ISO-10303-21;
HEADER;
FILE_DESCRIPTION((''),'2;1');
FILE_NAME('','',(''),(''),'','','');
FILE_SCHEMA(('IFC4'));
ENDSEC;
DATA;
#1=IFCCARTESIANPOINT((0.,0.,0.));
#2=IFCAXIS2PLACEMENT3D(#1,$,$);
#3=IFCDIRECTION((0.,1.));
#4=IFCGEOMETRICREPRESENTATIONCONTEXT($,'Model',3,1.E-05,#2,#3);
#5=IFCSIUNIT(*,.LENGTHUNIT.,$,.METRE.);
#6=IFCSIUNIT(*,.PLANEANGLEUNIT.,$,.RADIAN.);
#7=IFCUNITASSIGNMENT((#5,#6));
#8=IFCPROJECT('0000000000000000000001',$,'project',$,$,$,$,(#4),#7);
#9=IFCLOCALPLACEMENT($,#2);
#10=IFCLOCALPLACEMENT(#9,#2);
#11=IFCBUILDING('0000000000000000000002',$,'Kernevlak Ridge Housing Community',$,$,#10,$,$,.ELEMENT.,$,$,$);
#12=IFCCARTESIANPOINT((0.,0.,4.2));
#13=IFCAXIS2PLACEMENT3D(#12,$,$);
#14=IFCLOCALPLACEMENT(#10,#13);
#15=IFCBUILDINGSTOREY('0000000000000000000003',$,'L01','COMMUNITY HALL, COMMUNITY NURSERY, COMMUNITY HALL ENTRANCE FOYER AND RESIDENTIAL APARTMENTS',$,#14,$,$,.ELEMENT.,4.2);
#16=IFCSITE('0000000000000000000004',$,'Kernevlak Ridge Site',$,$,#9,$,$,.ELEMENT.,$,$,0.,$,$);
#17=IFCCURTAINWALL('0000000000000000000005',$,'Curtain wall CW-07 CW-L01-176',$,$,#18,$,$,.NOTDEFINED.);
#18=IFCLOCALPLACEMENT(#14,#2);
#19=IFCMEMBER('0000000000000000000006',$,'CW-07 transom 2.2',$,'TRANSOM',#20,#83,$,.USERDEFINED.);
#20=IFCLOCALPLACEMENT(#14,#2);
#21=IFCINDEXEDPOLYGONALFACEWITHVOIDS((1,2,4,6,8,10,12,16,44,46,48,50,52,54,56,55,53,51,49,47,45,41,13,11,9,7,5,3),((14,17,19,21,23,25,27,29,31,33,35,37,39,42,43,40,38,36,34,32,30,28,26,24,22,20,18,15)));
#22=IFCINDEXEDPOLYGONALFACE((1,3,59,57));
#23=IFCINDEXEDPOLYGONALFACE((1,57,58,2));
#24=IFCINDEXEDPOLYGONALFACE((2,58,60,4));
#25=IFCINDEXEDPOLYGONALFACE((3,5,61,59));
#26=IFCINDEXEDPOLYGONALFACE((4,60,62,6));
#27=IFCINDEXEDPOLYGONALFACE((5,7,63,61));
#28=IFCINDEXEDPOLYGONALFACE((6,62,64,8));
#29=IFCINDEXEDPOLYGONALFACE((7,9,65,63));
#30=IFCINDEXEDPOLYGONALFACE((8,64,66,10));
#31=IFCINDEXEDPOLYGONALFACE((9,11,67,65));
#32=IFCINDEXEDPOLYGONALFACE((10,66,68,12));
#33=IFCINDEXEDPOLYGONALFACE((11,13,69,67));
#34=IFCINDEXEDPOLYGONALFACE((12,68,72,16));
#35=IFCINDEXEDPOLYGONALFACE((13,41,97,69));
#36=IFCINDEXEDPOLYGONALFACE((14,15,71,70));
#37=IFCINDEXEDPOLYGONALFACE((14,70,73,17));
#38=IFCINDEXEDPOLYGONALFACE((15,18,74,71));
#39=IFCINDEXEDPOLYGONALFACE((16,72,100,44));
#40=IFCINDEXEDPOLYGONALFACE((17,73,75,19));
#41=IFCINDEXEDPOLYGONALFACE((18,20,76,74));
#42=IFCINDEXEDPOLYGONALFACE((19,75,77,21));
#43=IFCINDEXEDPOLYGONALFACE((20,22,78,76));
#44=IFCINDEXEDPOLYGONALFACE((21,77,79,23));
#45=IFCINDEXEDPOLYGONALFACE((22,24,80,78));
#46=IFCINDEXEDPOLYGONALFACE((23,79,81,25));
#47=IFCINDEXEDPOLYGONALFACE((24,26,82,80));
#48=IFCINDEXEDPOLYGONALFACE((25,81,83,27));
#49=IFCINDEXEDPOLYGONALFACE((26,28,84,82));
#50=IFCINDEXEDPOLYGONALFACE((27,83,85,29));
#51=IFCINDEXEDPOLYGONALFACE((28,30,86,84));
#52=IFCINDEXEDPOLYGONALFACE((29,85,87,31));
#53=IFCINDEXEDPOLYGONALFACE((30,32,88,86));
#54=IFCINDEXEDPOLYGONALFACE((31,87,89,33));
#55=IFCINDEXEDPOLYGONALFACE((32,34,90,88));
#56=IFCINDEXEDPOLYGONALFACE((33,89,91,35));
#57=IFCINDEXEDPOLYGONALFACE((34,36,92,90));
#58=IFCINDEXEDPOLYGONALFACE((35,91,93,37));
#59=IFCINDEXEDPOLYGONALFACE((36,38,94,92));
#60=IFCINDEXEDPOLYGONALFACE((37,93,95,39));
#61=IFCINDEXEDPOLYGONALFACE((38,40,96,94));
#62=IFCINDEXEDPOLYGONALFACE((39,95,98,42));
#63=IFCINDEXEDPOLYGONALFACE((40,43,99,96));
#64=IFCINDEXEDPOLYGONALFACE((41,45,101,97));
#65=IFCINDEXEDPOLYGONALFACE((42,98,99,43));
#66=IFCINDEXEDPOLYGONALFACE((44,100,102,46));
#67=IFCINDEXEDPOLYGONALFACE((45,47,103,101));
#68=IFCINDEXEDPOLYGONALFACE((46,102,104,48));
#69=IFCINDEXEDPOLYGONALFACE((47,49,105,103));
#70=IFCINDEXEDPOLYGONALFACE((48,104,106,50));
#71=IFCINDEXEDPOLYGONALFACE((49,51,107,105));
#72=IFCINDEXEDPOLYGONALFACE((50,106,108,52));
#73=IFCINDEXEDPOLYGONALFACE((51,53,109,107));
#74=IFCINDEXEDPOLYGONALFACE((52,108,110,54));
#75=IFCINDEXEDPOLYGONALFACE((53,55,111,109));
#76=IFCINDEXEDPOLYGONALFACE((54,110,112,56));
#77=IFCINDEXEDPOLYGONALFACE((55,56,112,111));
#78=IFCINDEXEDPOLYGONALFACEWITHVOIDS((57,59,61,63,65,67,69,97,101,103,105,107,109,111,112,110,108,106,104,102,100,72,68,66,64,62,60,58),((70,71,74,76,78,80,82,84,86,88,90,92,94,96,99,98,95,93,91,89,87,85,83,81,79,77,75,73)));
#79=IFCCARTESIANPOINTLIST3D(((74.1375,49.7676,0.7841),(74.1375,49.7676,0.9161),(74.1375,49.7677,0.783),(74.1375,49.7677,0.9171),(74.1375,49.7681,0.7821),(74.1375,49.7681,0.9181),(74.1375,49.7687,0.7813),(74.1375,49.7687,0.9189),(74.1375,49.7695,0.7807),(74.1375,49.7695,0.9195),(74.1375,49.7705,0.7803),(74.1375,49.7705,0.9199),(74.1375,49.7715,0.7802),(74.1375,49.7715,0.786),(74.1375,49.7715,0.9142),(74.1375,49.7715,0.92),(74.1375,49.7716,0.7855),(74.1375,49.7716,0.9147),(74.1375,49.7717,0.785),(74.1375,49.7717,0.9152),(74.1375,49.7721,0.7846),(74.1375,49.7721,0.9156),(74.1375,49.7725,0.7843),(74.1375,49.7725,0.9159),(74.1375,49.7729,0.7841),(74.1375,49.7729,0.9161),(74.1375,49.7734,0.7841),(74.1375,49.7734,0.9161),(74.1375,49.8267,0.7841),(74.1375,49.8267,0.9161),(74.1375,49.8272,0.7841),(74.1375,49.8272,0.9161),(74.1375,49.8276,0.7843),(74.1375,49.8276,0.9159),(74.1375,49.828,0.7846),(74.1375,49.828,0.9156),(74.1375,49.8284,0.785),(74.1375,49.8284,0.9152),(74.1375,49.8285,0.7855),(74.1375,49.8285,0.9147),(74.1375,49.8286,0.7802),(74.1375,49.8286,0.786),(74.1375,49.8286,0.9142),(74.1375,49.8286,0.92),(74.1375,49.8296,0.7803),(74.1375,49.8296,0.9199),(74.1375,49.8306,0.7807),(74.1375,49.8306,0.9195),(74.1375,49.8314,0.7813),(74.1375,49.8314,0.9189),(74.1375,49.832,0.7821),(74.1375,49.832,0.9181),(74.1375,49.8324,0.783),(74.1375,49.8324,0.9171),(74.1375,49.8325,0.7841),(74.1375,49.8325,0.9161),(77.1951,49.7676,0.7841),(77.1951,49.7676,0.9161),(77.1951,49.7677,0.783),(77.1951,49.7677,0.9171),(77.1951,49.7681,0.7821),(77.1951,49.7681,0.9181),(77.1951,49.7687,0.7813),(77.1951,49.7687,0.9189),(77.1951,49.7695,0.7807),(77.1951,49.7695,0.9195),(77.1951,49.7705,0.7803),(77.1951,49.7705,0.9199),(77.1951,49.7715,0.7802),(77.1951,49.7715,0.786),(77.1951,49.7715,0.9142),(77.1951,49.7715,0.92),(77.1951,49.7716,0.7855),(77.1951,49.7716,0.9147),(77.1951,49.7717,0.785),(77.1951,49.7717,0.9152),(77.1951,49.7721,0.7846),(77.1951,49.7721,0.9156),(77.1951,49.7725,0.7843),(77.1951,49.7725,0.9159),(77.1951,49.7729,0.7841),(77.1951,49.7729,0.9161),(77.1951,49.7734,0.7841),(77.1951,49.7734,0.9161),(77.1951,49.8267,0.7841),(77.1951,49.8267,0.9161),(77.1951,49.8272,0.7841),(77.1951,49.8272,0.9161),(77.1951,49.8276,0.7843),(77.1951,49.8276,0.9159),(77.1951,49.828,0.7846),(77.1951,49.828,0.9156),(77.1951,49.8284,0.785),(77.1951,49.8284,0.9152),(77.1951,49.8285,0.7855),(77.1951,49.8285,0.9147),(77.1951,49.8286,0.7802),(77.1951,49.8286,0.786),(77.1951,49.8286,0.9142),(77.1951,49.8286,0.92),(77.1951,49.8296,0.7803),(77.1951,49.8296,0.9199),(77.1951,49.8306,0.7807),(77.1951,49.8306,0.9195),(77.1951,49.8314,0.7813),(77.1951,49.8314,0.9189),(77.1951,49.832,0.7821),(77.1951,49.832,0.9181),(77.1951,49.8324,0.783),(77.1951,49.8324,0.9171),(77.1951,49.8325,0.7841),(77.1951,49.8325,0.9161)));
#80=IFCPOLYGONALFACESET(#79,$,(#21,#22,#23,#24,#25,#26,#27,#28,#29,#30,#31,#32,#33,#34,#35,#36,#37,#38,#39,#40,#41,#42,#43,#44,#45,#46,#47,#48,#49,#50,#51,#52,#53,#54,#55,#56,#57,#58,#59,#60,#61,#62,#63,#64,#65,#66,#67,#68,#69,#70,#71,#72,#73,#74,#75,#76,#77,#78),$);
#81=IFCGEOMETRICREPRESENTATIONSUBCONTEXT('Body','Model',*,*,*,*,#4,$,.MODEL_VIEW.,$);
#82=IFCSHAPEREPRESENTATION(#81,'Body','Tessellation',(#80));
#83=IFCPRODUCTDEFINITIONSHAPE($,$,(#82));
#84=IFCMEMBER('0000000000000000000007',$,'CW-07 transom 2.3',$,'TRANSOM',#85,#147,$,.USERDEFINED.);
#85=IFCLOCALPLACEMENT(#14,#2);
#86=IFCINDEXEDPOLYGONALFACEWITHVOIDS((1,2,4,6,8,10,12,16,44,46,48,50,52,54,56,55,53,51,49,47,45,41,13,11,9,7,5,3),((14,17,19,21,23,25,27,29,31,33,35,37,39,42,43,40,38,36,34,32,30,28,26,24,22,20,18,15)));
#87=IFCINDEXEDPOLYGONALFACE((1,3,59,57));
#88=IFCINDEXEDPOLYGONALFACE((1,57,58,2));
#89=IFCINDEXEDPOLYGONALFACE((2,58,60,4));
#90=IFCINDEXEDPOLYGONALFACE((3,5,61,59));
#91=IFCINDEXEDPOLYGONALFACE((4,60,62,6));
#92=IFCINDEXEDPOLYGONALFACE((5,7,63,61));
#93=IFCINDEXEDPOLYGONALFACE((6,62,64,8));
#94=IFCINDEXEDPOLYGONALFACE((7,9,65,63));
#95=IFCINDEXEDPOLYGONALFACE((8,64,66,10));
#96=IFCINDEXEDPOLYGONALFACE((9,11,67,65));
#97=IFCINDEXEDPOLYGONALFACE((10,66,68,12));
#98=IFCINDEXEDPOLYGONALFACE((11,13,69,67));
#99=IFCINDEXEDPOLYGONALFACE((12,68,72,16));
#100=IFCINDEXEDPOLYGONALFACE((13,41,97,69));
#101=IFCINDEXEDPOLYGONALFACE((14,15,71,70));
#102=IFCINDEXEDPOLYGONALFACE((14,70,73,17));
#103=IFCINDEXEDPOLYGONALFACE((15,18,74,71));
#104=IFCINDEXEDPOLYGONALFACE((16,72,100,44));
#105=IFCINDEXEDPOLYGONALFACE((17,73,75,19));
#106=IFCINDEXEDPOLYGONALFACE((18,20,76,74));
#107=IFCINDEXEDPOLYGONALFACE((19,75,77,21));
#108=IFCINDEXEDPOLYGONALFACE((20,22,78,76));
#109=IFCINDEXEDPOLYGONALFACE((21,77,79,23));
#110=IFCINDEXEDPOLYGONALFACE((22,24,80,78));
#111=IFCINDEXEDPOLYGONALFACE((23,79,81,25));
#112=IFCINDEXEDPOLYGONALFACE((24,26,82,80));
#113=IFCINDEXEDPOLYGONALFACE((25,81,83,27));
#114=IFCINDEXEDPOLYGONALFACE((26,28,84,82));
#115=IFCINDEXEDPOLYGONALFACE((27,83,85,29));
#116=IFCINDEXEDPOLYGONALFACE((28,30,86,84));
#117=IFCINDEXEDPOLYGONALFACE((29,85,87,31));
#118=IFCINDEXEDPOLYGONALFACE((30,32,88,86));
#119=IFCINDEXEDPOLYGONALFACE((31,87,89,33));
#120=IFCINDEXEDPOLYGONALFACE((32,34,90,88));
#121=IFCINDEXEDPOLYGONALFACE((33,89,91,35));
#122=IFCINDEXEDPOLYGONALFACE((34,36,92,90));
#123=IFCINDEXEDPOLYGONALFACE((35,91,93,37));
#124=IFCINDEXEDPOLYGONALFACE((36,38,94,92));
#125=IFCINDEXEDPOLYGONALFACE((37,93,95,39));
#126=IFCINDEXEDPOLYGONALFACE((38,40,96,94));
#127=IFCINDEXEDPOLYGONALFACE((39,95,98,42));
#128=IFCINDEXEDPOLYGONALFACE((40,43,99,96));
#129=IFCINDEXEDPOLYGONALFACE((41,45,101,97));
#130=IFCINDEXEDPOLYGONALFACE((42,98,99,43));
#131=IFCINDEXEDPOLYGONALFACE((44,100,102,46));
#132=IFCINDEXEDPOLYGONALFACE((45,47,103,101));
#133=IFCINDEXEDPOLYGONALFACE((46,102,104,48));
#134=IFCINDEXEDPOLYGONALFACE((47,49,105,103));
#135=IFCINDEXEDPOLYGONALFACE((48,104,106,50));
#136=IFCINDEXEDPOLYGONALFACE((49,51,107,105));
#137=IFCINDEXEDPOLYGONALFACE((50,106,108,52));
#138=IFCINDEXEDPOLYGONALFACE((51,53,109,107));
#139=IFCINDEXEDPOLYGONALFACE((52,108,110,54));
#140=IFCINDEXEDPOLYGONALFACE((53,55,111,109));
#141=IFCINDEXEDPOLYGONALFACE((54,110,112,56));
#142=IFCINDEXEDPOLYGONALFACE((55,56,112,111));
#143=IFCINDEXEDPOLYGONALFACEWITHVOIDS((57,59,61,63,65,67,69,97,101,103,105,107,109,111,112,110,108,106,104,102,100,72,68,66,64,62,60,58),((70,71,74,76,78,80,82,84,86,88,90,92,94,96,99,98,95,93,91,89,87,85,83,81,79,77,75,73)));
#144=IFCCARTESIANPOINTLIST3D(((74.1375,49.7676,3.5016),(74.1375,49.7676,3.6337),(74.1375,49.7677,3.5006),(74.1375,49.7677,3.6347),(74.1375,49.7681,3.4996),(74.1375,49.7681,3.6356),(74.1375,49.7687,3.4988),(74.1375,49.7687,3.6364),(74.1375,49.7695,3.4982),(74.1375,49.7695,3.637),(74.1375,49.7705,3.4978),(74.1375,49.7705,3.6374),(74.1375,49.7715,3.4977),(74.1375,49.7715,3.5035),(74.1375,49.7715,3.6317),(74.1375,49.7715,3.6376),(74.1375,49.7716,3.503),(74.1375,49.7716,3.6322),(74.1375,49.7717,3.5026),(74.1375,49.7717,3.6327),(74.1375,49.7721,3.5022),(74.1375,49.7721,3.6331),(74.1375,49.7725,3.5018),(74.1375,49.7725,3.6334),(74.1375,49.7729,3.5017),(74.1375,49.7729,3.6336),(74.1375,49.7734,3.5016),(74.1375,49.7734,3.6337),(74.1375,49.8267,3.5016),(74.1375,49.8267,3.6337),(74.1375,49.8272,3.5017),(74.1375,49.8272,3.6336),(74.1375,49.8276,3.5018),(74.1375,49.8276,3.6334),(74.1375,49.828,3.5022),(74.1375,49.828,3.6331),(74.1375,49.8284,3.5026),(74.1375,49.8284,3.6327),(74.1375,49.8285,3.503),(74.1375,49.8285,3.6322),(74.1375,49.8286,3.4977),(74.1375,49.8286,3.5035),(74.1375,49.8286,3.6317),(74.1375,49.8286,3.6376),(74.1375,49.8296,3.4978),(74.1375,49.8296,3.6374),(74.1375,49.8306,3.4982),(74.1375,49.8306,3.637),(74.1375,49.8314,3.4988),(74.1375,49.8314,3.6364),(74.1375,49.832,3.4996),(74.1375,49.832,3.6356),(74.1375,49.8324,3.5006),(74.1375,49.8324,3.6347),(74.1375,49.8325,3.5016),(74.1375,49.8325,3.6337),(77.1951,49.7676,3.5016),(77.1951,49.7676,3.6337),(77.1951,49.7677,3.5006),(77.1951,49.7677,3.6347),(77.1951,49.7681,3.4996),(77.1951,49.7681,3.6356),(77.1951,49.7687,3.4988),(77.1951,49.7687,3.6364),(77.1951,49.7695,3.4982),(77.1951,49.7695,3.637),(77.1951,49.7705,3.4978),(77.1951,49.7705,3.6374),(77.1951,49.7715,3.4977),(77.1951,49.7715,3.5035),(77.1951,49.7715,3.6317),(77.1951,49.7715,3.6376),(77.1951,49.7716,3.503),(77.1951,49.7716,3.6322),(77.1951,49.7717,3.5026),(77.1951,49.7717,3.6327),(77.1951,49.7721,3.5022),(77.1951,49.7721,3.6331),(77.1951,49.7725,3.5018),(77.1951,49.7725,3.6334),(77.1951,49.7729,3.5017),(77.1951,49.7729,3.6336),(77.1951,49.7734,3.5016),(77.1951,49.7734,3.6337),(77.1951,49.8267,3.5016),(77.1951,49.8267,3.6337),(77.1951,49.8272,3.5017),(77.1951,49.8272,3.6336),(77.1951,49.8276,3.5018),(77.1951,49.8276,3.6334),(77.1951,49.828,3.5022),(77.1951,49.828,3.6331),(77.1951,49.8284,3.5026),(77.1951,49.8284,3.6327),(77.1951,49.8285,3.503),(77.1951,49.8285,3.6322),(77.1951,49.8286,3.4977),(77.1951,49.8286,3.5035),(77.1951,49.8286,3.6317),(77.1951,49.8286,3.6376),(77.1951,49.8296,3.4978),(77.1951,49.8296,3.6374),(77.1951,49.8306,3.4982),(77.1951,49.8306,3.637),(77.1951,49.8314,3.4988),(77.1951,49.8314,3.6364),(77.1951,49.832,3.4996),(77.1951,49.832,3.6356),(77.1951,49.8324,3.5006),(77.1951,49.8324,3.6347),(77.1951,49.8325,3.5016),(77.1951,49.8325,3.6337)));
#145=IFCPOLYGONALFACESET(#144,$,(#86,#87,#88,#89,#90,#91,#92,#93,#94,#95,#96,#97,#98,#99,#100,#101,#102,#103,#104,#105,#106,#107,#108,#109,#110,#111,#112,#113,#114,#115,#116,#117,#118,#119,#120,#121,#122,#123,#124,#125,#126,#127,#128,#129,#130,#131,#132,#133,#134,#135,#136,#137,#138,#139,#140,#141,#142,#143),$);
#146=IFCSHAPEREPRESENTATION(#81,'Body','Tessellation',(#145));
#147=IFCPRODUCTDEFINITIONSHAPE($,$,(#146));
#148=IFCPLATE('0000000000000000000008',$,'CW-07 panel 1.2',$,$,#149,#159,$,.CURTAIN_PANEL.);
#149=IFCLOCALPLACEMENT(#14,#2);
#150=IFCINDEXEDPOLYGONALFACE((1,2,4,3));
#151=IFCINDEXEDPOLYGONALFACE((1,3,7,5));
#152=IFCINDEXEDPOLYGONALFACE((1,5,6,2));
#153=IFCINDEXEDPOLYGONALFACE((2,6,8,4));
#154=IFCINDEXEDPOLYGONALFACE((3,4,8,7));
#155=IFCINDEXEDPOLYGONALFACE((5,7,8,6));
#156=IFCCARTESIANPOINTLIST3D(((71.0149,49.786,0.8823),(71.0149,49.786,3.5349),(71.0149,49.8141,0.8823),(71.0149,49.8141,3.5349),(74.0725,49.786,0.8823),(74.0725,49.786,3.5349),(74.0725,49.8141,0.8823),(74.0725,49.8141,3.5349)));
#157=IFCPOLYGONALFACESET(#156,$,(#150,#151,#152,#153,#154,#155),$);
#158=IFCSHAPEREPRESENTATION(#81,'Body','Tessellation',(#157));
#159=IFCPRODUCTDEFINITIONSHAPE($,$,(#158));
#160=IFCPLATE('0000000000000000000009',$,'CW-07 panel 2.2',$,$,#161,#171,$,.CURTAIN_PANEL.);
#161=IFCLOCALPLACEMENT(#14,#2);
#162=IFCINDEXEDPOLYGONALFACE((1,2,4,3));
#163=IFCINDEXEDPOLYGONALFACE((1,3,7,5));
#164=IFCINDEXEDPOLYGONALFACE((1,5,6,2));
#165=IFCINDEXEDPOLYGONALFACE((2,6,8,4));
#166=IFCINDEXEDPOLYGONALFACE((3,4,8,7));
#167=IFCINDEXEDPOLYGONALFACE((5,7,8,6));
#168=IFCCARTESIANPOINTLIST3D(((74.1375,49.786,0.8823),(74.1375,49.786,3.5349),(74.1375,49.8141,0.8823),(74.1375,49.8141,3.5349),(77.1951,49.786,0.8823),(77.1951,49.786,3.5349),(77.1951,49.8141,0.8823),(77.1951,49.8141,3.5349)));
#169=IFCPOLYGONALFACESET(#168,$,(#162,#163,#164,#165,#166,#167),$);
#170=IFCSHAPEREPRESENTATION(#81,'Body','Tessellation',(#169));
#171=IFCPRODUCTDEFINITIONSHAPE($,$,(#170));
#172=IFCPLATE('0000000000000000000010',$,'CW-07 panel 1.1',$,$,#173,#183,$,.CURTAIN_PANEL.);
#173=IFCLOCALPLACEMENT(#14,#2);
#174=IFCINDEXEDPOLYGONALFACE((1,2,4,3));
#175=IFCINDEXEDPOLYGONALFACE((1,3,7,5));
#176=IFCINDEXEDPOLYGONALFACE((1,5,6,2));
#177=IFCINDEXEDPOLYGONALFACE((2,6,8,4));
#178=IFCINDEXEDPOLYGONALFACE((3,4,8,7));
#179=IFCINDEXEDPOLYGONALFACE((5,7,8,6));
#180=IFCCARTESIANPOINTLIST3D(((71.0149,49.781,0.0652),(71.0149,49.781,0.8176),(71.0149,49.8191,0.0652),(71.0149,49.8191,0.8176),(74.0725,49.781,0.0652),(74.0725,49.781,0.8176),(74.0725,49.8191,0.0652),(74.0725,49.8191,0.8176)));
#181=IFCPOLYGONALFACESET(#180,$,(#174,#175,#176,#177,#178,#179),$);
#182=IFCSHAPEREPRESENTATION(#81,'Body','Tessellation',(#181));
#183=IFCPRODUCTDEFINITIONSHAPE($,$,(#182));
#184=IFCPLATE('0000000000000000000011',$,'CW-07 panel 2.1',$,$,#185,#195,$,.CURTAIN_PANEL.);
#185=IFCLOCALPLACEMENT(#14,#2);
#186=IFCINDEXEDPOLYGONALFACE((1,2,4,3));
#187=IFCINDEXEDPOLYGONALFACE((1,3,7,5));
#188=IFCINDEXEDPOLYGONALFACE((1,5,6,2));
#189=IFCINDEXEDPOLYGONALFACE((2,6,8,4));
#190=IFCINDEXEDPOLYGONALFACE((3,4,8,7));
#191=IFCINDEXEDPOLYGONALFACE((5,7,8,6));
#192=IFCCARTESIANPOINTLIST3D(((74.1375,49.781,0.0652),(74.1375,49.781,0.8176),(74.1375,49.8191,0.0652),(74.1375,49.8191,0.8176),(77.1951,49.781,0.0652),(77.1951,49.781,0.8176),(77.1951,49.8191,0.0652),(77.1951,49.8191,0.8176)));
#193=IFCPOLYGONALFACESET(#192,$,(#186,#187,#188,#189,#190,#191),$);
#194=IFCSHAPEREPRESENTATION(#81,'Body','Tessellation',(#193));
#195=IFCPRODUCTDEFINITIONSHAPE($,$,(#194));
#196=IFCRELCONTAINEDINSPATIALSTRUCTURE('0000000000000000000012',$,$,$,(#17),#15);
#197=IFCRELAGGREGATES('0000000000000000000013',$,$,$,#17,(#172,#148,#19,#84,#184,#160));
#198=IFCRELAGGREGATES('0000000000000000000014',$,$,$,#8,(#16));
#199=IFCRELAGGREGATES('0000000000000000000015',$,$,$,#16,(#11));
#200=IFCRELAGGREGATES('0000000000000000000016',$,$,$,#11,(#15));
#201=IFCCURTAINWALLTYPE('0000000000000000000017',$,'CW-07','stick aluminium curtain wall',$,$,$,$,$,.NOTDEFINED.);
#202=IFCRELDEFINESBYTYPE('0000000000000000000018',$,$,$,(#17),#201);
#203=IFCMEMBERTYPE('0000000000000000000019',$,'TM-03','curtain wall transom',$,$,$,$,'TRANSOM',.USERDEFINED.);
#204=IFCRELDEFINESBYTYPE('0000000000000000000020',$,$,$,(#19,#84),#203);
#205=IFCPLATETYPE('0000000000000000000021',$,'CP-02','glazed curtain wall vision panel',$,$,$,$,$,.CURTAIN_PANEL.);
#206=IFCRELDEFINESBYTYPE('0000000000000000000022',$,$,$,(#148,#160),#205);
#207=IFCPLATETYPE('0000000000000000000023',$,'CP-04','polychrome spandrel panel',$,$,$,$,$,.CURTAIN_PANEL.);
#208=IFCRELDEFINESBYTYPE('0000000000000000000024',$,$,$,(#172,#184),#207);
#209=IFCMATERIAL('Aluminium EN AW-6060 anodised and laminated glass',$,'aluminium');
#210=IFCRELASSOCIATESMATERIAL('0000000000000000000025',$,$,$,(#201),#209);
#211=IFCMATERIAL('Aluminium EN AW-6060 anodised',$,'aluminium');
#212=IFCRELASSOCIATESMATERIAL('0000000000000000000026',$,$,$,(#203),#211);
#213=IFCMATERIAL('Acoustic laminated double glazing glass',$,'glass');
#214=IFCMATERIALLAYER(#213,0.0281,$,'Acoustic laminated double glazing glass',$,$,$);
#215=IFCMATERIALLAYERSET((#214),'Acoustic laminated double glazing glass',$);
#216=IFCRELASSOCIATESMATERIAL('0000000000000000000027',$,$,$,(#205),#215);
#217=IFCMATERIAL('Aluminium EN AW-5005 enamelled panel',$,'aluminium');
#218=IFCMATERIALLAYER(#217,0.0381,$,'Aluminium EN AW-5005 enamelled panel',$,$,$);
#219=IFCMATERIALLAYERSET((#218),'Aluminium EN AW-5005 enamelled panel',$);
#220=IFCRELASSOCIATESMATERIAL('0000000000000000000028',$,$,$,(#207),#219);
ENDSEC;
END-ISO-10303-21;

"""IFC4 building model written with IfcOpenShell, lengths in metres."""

from ifc_helpers import new_model, si_unit, direction, frame, origin, origin_2d, place, context, subcontext, project, spatial, rectangle, hollow_rectangle, extrude, material, layer, layer_set, material_profile, profile_set, type_object, element, aggregate, save


model = new_model("IFC4")

# Units and contexts
model_context = context("Model", 3, precision=1e-05, world=origin(), true_north=direction((0.0, 1.0)))
body_context = subcontext(model_context, "Body", "Model", "MODEL_VIEW")
ifc_project = project(units=[si_unit("LENGTHUNIT", "METRE"), si_unit("PLANEANGLEUNIT", "RADIAN")], contexts=[model_context])

# Site, building, storey
site_placement = place(None, origin())
site = spatial("IfcSite", under=ifc_project, at=site_placement, Name="Kernevlak Ridge Site", CompositionType="ELEMENT", RefElevation=0.0)
building_placement = place(site_placement, origin())
building = spatial("IfcBuilding", under=site, at=building_placement, Name="Kernevlak Ridge Housing Community", CompositionType="ELEMENT")
storey_placement = place(building_placement, frame((0.0, 0.0, 4.2)))
storey = spatial("IfcBuildingStorey", under=building, at=storey_placement, Name="L01", Description="COMMUNITY HALL, COMMUNITY NURSERY, COMMUNITY HALL ENTRANCE FOYER AND RESIDENTIAL APARTMENTS", CompositionType="ELEMENT", Elevation=4.2)

# Curtain wall
ifc_material_1 = material(Name="Aluminium EN AW-6060 anodised and laminated glass", Category="aluminium")
curtain_wall_type = type_object("IfcCurtainWallType", Name="CW-07", Description="stick aluminium curtain wall", PredefinedType="NOTDEFINED", material=ifc_material_1)
curtain_wall_placement = place(storey_placement, origin())
curtain_wall = element("IfcCurtainWall", 1, at=curtain_wall_placement, inside=storey, type_object=curtain_wall_type, Name="Curtain wall CW-07 CW-L01-176", PredefinedType="NOTDEFINED")
ifc_material_2 = material(Name="Aluminium EN AW-6060 anodised", Category="aluminium")

# Members
ifc_material_profile_1 = material_profile(ifc_material_2, hollow_rectangle(XDim=0.0649, YDim=0.1399, WallThickness=0.0039, InnerFilletRadius=0.002, OuterFilletRadius=0.0039, at=origin_2d()), Name="ALU 65x140x4")
ifc_profile_set_1 = profile_set([ifc_material_profile_1], Name="Aluminium EN AW-6060 anodised")
member_type_1 = type_object("IfcMemberType", Name="TM-03", Description="curtain wall transom", ElementType="TRANSOM", PredefinedType="USERDEFINED", material=ifc_profile_set_1)
member_1_placement = place(storey_placement, frame((74.1375, 49.8, 0.8501), z_axis=(1.0, 0.0, 0.0), x_axis=(0.0, 1.0, 0.0)))
member_1 = element("IfcMember", 2, at=member_1_placement, type_object=member_type_1, Name="CW-07 transom 2.2", ObjectType="TRANSOM", PredefinedType="USERDEFINED", context=body_context, shape_type="SweptSolid", body=[
    extrude(hollow_rectangle(XDim=0.0649, YDim=0.1399, WallThickness=0.0039, InnerFilletRadius=0.002, OuterFilletRadius=0.0039, at=origin_2d()), origin(), (0.0, 0.0, 1.0), 3.0576),
])
member_2_placement = place(storey_placement, frame((74.1375, 49.8, 3.5676), z_axis=(1.0, 0.0, 0.0), x_axis=(0.0, 1.0, 0.0)))
member_2 = element("IfcMember", 3, at=member_2_placement, type_object=member_type_1, Name="CW-07 transom 2.3", ObjectType="TRANSOM", PredefinedType="USERDEFINED", context=body_context, shape_type="SweptSolid", body=[
    extrude(hollow_rectangle(XDim=0.0649, YDim=0.1399, WallThickness=0.0039, InnerFilletRadius=0.002, OuterFilletRadius=0.0039, at=origin_2d()), origin(), (0.0, 0.0, 1.0), 3.0576),
])

# Plates
ifc_material_3 = material(Name="Acoustic laminated double glazing glass", Category="glass")
ifc_layer_1 = layer(ifc_material_3, 0.0281, Name="Acoustic laminated double glazing glass")
ifc_layer_set_1 = layer_set([ifc_layer_1], Name="Acoustic laminated double glazing glass")
plate_type_1 = type_object("IfcPlateType", Name="CP-02", Description="glazed curtain wall vision panel", PredefinedType="CURTAIN_PANEL", material=ifc_layer_set_1)
plate_1_placement = place(storey_placement, frame((72.5437, 49.8, 0.8823), z_axis=(0.0, 0.0, 1.0), x_axis=(1.0, 0.0, 0.0)))
plate_1 = element("IfcPlate", 4, at=plate_1_placement, type_object=plate_type_1, Name="CW-07 panel 1.2", PredefinedType="CURTAIN_PANEL", context=body_context, shape_type="SweptSolid", body=[
    extrude(rectangle(XDim=3.0576, YDim=0.0281, at=origin_2d()), origin(), (0.0, 0.0, 1.0), 2.6526),
])
plate_2_placement = place(storey_placement, frame((75.6663, 49.8, 0.8823), z_axis=(0.0, 0.0, 1.0), x_axis=(1.0, 0.0, 0.0)))
plate_2 = element("IfcPlate", 5, at=plate_2_placement, type_object=plate_type_1, Name="CW-07 panel 2.2", PredefinedType="CURTAIN_PANEL", context=body_context, shape_type="SweptSolid", body=[
    extrude(rectangle(XDim=3.0576, YDim=0.0281, at=origin_2d()), origin(), (0.0, 0.0, 1.0), 2.6526),
])
ifc_material_4 = material(Name="Aluminium EN AW-5005 enamelled panel", Category="aluminium")
ifc_layer_2 = layer(ifc_material_4, 0.0381, Name="Aluminium EN AW-5005 enamelled panel")
ifc_layer_set_2 = layer_set([ifc_layer_2], Name="Aluminium EN AW-5005 enamelled panel")
plate_type_2 = type_object("IfcPlateType", Name="CP-04", Description="polychrome spandrel panel", PredefinedType="CURTAIN_PANEL", material=ifc_layer_set_2)
plate_3_placement = place(storey_placement, frame((72.5437, 49.8, 0.0652), z_axis=(0.0, 0.0, 1.0), x_axis=(1.0, 0.0, 0.0)))
plate_3 = element("IfcPlate", 6, at=plate_3_placement, type_object=plate_type_2, Name="CW-07 panel 1.1", PredefinedType="CURTAIN_PANEL", context=body_context, shape_type="SweptSolid", body=[
    extrude(rectangle(XDim=3.0576, YDim=0.0381, at=origin_2d()), origin(), (0.0, 0.0, 1.0), 0.7524),
])
plate_4_placement = place(storey_placement, frame((75.6663, 49.8, 0.0652), z_axis=(0.0, 0.0, 1.0), x_axis=(1.0, 0.0, 0.0)))
plate_4 = element("IfcPlate", 7, at=plate_4_placement, type_object=plate_type_2, Name="CW-07 panel 2.1", PredefinedType="CURTAIN_PANEL", context=body_context, shape_type="SweptSolid", body=[
    extrude(rectangle(XDim=3.0576, YDim=0.0381, at=origin_2d()), origin(), (0.0, 0.0, 1.0), 0.7524),
])
aggregate(curtain_wall, [plate_3, plate_1, member_1, member_2, plate_4, plate_2])

save(model, "model.ifc")
